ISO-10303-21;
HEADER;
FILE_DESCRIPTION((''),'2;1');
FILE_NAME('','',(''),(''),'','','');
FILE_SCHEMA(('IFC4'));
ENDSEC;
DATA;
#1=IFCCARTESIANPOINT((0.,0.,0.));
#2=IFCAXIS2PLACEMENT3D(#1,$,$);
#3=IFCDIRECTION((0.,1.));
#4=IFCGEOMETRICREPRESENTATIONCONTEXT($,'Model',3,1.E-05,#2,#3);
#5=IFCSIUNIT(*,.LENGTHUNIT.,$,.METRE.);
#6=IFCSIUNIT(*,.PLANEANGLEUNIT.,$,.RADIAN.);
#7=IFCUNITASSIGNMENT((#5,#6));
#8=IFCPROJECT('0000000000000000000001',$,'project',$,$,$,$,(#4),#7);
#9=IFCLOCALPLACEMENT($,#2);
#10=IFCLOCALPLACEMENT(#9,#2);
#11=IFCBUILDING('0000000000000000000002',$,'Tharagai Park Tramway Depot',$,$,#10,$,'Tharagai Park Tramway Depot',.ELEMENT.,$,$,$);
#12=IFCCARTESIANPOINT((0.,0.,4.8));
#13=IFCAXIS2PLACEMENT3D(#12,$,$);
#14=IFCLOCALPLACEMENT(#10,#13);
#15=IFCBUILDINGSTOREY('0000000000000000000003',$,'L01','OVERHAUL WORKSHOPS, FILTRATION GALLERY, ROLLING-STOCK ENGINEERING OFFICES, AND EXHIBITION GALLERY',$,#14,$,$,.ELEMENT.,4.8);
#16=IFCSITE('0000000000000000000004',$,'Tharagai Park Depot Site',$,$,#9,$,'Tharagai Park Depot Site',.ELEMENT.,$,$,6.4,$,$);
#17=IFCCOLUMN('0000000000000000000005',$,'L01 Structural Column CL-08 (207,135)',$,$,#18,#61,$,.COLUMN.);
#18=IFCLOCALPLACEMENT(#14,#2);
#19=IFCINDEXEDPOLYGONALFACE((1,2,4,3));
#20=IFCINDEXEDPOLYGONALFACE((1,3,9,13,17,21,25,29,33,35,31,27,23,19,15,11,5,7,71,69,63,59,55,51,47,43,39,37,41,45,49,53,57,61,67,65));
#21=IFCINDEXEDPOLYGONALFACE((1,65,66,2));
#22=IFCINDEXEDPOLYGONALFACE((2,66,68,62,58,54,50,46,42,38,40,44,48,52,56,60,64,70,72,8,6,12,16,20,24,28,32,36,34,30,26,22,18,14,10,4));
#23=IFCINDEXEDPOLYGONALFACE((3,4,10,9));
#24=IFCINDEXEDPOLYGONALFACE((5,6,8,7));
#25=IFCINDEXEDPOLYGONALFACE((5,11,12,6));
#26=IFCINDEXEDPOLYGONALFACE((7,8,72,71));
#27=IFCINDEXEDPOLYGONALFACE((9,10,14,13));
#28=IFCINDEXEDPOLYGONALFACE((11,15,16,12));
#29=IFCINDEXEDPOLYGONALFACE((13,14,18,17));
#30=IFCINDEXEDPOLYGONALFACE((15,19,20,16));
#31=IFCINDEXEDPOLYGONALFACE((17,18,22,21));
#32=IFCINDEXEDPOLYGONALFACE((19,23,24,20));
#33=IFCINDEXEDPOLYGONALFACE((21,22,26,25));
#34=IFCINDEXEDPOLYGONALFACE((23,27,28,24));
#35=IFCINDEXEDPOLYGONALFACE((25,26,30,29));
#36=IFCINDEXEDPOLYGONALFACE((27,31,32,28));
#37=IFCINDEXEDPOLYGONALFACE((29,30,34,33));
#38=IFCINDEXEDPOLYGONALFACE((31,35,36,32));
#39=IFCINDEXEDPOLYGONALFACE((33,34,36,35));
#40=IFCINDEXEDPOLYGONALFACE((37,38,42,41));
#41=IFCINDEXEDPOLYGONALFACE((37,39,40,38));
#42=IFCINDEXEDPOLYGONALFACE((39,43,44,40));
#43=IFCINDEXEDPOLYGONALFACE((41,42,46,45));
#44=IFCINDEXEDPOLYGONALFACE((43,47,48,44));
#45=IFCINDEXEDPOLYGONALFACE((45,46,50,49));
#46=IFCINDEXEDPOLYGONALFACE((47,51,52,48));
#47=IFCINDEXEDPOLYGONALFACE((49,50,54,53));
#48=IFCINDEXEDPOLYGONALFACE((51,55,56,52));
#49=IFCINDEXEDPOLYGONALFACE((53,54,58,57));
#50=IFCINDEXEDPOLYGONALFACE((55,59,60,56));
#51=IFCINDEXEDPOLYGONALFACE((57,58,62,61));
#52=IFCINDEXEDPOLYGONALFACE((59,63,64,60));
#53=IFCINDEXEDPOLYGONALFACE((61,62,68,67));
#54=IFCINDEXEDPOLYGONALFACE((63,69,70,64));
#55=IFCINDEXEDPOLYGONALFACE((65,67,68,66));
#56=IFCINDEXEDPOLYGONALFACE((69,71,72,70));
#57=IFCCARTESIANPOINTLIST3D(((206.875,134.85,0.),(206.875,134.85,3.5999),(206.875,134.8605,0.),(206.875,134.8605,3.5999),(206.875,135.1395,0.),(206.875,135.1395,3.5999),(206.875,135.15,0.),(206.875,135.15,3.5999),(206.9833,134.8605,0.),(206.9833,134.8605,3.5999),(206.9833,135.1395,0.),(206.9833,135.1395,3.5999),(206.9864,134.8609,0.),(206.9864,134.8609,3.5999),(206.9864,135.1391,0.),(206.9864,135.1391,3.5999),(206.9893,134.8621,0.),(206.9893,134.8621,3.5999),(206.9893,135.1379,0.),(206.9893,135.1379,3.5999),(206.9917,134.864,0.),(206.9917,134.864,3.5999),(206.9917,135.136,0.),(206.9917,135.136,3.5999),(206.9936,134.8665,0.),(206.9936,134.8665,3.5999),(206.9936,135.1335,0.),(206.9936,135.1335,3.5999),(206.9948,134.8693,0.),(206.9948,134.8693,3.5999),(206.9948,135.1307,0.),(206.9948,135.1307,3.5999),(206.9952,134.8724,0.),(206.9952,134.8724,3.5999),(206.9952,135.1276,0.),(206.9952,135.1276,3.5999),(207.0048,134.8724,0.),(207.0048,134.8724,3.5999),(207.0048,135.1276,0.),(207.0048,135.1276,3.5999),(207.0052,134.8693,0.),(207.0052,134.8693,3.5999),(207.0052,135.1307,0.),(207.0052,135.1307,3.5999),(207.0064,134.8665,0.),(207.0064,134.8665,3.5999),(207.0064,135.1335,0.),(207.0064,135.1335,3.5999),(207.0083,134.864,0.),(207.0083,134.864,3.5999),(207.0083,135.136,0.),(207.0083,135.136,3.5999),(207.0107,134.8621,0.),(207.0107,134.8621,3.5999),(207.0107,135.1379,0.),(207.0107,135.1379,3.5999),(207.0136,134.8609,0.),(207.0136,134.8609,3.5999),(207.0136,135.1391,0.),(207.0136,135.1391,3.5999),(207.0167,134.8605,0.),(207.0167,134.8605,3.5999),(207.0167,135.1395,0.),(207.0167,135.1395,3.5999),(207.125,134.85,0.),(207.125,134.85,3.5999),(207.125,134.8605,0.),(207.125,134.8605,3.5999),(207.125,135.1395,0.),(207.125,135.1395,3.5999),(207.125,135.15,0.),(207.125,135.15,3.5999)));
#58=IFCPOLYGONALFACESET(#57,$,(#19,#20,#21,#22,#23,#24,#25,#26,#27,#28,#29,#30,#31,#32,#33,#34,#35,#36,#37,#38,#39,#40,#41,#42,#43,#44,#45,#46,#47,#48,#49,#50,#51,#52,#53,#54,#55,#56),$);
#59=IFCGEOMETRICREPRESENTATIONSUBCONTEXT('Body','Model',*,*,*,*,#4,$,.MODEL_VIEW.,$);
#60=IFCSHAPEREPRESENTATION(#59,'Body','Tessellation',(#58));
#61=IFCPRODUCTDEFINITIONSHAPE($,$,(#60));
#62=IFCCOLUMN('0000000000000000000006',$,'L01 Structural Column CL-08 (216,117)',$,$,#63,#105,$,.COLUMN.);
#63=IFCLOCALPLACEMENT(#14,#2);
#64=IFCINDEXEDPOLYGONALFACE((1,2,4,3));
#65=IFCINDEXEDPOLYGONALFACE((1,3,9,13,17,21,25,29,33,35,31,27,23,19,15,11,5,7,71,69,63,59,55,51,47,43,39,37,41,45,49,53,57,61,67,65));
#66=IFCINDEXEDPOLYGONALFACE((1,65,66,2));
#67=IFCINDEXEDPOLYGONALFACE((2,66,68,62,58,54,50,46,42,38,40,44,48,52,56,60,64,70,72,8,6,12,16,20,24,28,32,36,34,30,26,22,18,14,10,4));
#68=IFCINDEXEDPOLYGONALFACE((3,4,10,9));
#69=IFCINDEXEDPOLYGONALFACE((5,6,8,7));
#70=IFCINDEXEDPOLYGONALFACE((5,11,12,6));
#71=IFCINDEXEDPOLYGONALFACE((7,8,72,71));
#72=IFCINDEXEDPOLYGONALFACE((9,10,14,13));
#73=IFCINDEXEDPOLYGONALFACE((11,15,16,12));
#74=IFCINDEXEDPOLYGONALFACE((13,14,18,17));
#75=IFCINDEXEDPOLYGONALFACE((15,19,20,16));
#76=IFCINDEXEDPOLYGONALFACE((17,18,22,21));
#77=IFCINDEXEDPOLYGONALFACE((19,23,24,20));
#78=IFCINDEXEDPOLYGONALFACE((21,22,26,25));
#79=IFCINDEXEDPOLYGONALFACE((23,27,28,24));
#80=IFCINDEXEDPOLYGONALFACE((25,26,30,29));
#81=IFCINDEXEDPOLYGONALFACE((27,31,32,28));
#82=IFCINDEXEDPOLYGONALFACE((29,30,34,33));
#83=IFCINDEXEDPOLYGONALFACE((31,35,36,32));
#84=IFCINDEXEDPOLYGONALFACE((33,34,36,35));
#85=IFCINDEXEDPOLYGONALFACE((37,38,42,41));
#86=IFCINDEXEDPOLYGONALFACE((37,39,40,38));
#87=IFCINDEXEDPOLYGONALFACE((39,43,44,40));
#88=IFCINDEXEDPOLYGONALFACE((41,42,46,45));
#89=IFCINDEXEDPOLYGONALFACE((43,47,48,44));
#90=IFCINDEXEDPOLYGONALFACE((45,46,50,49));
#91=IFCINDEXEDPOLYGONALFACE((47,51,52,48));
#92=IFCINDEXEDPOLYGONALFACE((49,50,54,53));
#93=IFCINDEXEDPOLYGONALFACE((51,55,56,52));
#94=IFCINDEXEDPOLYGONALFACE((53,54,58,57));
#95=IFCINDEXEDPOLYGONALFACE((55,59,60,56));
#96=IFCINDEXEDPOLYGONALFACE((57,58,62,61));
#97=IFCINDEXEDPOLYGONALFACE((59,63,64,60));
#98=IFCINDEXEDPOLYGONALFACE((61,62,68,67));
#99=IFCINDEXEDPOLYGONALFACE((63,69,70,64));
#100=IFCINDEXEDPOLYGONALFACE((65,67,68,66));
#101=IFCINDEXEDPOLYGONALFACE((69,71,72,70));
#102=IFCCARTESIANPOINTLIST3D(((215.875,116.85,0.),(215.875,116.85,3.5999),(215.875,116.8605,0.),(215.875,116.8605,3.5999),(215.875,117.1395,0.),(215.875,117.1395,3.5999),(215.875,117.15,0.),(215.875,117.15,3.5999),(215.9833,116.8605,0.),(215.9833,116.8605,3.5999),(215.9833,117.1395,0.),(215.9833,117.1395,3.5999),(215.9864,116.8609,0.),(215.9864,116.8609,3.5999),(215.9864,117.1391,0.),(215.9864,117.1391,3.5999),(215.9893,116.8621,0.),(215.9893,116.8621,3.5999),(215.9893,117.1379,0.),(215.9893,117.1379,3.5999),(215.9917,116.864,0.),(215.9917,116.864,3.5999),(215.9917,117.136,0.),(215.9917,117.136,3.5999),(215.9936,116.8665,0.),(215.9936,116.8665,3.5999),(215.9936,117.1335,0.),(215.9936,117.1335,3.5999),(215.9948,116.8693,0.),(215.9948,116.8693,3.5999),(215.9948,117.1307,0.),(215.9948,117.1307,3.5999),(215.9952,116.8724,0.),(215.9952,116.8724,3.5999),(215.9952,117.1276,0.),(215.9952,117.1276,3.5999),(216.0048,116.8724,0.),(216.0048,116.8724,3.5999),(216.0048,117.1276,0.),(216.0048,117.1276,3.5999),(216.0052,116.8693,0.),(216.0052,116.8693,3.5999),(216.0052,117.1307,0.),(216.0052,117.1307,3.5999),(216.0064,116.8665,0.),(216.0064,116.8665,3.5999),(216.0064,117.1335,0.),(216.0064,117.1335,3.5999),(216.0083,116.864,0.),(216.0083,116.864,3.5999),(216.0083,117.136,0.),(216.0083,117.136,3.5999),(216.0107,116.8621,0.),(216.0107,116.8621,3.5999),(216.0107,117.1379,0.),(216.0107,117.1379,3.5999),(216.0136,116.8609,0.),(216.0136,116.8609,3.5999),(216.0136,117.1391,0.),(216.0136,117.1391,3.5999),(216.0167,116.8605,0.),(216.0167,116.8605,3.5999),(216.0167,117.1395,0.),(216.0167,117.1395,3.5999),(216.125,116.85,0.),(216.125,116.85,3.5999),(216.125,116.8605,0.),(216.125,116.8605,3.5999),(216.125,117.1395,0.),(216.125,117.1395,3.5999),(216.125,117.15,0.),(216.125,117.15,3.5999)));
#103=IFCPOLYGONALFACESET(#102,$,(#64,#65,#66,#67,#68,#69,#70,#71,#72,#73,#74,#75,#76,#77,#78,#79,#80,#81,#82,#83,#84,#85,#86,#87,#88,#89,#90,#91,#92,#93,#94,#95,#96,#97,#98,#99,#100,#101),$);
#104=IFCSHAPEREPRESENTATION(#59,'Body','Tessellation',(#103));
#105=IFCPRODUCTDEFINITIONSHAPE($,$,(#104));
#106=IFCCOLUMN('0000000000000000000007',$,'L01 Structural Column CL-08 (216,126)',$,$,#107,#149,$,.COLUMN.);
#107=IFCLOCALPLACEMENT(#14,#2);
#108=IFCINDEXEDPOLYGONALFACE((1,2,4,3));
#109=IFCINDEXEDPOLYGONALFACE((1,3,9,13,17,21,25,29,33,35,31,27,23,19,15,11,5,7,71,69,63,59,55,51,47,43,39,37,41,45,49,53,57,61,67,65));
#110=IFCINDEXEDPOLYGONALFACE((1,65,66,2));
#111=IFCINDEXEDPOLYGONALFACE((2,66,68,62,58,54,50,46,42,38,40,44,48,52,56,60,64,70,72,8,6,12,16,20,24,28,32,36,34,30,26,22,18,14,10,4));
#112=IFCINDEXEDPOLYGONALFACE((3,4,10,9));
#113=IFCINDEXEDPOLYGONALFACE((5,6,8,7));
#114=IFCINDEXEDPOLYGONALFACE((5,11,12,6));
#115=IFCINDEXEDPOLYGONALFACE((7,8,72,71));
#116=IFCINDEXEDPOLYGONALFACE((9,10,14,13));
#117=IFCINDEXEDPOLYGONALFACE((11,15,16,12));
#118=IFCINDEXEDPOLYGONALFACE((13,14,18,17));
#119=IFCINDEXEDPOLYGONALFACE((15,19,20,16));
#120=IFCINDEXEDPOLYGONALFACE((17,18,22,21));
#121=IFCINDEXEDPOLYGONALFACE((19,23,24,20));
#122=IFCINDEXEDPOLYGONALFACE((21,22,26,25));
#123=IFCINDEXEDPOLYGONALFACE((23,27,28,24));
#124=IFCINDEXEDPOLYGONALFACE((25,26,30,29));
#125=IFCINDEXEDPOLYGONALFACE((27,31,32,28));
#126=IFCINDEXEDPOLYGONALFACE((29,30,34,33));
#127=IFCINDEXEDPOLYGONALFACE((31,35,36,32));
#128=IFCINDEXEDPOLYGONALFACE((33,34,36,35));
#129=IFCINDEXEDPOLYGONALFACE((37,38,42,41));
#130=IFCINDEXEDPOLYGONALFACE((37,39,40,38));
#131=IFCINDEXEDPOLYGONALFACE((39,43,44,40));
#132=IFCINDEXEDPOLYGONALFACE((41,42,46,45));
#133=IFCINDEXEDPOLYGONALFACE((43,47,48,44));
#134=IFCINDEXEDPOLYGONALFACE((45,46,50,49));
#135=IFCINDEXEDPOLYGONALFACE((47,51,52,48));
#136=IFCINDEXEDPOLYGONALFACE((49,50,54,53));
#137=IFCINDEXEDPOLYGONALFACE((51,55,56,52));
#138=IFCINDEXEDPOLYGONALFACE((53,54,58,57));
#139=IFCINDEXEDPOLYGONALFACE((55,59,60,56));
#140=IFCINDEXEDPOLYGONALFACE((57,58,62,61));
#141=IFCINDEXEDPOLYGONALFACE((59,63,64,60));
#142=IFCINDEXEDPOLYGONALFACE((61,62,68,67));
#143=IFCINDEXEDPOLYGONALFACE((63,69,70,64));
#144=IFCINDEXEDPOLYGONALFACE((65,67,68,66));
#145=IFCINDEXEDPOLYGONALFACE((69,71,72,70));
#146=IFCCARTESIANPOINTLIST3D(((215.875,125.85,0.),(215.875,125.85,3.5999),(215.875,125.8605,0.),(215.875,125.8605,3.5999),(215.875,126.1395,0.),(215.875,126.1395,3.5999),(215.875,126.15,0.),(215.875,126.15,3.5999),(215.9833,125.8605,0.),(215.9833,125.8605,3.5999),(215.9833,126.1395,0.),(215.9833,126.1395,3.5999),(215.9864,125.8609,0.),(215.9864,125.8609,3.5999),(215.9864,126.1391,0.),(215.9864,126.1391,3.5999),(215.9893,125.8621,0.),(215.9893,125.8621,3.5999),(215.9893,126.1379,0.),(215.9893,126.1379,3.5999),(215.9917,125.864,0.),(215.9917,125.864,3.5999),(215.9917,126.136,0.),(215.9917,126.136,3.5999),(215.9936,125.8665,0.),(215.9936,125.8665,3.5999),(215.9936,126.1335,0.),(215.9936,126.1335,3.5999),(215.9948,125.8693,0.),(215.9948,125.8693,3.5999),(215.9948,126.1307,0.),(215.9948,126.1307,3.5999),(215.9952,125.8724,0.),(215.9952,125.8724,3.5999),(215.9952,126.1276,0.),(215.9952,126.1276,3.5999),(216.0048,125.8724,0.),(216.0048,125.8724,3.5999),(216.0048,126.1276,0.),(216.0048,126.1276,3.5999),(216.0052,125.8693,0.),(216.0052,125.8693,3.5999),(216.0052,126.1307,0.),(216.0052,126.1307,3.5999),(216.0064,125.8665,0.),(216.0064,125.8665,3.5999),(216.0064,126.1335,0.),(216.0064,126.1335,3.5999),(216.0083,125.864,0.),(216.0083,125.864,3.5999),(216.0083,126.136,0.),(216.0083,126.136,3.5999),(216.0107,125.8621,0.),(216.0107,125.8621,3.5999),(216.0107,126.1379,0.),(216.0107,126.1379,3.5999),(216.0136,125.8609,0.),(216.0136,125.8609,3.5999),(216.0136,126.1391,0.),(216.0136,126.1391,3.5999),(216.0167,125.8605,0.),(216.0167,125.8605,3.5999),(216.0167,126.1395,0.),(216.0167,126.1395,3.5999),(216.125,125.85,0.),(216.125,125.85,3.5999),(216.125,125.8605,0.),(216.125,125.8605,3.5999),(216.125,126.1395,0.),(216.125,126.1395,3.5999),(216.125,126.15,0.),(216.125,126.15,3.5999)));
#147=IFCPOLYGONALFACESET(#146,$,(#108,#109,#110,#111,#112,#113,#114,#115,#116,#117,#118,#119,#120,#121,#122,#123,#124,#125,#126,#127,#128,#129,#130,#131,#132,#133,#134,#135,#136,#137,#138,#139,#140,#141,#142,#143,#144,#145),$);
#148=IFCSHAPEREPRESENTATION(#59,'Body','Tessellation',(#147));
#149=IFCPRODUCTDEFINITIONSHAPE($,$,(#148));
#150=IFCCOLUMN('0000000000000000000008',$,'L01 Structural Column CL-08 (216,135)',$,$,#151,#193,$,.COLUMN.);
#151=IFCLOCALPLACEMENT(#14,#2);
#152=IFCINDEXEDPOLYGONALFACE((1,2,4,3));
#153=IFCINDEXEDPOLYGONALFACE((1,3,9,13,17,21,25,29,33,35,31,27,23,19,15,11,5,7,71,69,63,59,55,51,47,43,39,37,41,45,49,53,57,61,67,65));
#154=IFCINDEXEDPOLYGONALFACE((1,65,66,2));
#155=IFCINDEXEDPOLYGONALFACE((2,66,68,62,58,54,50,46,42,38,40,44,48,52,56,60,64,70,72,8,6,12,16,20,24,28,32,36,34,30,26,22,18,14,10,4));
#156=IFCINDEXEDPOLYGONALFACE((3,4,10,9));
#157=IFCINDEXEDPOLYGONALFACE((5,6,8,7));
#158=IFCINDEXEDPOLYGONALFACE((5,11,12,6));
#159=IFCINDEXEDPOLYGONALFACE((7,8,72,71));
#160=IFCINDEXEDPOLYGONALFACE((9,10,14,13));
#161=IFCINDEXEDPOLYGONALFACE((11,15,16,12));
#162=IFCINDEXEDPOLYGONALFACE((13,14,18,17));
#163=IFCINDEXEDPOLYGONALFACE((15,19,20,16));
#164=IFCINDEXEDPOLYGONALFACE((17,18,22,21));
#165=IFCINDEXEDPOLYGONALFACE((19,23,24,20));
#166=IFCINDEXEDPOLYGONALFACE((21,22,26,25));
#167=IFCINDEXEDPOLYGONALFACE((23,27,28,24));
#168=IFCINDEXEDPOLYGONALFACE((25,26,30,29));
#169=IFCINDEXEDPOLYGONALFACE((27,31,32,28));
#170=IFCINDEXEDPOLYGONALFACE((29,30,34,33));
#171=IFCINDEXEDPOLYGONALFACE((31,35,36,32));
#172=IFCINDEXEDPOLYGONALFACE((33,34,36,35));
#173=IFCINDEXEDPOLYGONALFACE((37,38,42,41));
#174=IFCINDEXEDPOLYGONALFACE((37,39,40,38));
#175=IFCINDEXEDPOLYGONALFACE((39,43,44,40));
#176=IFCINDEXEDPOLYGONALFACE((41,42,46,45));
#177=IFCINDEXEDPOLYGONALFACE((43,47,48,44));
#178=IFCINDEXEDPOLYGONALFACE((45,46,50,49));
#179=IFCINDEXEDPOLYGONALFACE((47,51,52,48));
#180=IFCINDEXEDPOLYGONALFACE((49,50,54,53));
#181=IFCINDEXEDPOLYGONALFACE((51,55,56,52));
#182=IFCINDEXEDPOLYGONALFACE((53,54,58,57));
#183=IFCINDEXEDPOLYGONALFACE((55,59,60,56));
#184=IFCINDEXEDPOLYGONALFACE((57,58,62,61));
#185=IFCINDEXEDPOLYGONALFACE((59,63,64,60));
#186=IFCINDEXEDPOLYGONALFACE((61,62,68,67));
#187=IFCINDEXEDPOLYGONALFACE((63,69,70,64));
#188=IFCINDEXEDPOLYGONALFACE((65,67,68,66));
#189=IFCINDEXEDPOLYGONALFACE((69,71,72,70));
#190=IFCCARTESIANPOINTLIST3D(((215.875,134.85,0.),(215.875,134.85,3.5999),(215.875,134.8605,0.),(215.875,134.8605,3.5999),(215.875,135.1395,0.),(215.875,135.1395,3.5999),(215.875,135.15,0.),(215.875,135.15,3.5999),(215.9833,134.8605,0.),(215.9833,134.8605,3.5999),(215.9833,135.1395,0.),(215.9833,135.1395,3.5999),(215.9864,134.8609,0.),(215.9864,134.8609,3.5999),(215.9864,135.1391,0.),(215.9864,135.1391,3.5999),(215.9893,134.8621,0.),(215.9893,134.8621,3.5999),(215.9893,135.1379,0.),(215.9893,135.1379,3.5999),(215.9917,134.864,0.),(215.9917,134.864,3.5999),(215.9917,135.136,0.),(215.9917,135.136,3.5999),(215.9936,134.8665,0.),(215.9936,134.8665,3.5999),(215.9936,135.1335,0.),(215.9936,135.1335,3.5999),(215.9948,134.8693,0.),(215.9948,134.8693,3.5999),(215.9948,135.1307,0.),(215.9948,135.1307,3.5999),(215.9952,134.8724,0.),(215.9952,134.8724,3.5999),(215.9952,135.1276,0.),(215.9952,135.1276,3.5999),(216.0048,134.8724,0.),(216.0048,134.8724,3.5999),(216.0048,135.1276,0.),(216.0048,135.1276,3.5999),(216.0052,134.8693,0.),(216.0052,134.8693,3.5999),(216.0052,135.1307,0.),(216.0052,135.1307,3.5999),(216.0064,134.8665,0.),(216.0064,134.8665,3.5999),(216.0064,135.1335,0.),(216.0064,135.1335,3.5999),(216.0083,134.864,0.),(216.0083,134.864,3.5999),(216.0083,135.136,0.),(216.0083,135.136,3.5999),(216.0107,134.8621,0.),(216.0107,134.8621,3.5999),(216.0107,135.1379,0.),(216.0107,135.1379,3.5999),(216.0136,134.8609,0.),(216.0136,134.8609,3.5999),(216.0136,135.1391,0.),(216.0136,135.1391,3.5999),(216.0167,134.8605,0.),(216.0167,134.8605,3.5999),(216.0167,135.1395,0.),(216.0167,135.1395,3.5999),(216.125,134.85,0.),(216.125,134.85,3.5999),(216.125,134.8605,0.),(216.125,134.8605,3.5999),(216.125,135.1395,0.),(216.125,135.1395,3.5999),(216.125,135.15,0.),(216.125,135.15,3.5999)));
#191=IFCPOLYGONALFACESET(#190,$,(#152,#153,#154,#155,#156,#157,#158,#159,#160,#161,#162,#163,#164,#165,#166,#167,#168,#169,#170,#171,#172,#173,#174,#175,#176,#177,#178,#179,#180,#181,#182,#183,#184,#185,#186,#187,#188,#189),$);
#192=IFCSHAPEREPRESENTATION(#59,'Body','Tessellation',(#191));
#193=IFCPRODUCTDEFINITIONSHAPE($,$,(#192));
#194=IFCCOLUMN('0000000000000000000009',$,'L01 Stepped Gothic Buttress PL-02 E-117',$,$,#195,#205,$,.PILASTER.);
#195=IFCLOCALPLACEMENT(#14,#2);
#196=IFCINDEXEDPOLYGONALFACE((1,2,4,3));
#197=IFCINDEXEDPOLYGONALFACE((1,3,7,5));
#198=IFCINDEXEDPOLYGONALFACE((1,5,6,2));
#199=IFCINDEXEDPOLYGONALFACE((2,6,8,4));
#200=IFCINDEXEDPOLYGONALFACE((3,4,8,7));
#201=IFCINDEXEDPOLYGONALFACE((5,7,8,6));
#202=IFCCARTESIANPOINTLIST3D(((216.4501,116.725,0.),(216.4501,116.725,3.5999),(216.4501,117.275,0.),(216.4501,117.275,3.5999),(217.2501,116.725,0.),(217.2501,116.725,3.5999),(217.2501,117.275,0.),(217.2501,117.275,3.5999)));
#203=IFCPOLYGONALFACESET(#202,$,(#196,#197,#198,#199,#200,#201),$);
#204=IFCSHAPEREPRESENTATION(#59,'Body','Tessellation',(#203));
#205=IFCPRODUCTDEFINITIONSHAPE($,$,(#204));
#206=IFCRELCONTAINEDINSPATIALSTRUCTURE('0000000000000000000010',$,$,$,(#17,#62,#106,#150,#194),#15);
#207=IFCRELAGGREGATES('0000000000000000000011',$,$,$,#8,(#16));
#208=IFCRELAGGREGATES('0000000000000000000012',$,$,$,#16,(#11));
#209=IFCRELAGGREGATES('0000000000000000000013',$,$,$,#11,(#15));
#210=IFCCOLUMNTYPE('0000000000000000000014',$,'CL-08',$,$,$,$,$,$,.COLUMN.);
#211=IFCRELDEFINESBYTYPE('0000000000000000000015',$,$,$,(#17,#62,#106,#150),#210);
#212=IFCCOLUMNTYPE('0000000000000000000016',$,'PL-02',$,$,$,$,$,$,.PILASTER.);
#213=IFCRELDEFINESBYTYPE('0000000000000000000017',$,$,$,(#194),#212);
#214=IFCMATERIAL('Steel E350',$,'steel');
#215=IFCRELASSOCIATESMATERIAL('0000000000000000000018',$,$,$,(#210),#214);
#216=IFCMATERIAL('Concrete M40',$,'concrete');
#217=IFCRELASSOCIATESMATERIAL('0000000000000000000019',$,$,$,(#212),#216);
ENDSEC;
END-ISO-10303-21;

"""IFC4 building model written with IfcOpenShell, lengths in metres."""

from ifc_helpers import new_model, si_unit, direction, frame, origin, origin_2d, place, context, subcontext, project, spatial, rectangle, i_section, extrude, material, material_profile, profile_set, type_object, element, save


model = new_model("IFC4")

# Units and contexts
model_context = context("Model", 3, precision=1e-05, world=origin(), true_north=direction((0.0, 1.0)))
body_context = subcontext(model_context, "Body", "Model", "MODEL_VIEW")
ifc_project = project(units=[si_unit("LENGTHUNIT", "METRE"), si_unit("PLANEANGLEUNIT", "RADIAN")], contexts=[model_context])

# Site, building, storey
site_placement = place(None, origin())
site = spatial("IfcSite", under=ifc_project, at=site_placement, Name="Tharagai Park Depot Site", LongName="Tharagai Park Depot Site", CompositionType="ELEMENT", RefElevation=6.4)
building_placement = place(site_placement, origin())
building = spatial("IfcBuilding", under=site, at=building_placement, Name="Tharagai Park Tramway Depot", LongName="Tharagai Park Tramway Depot", CompositionType="ELEMENT")
storey_placement = place(building_placement, frame((0.0, 0.0, 4.8)))
storey = spatial("IfcBuildingStorey", under=building, at=storey_placement, Name="L01", Description="OVERHAUL WORKSHOPS, FILTRATION GALLERY, ROLLING-STOCK ENGINEERING OFFICES, AND EXHIBITION GALLERY", CompositionType="ELEMENT", Elevation=4.8)

# Columns
ifc_material_1 = material(Name="Steel E350", Category="steel")
ifc_material_profile_1 = material_profile(ifc_material_1, i_section(OverallWidth=0.25, OverallDepth=0.3, WebThickness=0.0095, FlangeThickness=0.0105, FilletRadius=0.012, at=origin_2d()), Name="ISHB 300")
ifc_profile_set_1 = profile_set([ifc_material_profile_1], Name="Steel E350")
column_type_1 = type_object("IfcColumnType", Name="CL-08", PredefinedType="COLUMN", material=ifc_profile_set_1)
for number, where, z_axis, x_axis, name in (
    (1, (207.0, 135.0, 0.0), (0.0, 0.0, 1.0), (1.0, 0.0, 0.0), "L01 Structural Column CL-08 (207,135)"),
    (2, (216.0, 117.0, 0.0), (0.0, 0.0, 1.0), (1.0, 0.0, 0.0), "L01 Structural Column CL-08 (216,117)"),
    (3, (216.0, 126.0, 0.0), (0.0, 0.0, 1.0), (1.0, 0.0, 0.0), "L01 Structural Column CL-08 (216,126)"),
    (4, (216.0, 135.0, 0.0), (0.0, 0.0, 1.0), (1.0, 0.0, 0.0), "L01 Structural Column CL-08 (216,135)"),
):
    element("IfcColumn", number, at=place(storey_placement, frame(where, z_axis=z_axis, x_axis=x_axis)), inside=storey, type_object=column_type_1, Name=name, PredefinedType="COLUMN", context=body_context, shape_type="SweptSolid", body=[
        extrude(i_section(OverallWidth=0.25, OverallDepth=0.3, WebThickness=0.0095, FlangeThickness=0.0105, FilletRadius=0.012, at=origin_2d()), origin(), (0.0, 0.0, 1.0), 3.5999),
    ])
ifc_material_2 = material(Name="Concrete M40", Category="concrete")
ifc_material_profile_2 = material_profile(ifc_material_2, rectangle(XDim=0.55, YDim=0.8, at=origin_2d()), Name="RC 550x800")
ifc_profile_set_2 = profile_set([ifc_material_profile_2], Name="Concrete M40")
column_type_2 = type_object("IfcColumnType", Name="PL-02", PredefinedType="PILASTER", material=ifc_profile_set_2)
for number, where, z_axis, x_axis, name in (
    (5, (216.8501, 117.0, 0.0), (0.0, 0.0, 1.0), (0.0, 1.0, 0.0), "L01 Stepped Gothic Buttress PL-02 E-117"),
):
    element("IfcColumn", number, at=place(storey_placement, frame(where, z_axis=z_axis, x_axis=x_axis)), inside=storey, type_object=column_type_2, Name=name, PredefinedType="PILASTER", context=body_context, shape_type="SweptSolid", body=[
        extrude(rectangle(XDim=0.55, YDim=0.8, at=origin_2d()), origin(), (0.0, 0.0, 1.0), 3.5999),
    ])

save(model, "model.ifc")
